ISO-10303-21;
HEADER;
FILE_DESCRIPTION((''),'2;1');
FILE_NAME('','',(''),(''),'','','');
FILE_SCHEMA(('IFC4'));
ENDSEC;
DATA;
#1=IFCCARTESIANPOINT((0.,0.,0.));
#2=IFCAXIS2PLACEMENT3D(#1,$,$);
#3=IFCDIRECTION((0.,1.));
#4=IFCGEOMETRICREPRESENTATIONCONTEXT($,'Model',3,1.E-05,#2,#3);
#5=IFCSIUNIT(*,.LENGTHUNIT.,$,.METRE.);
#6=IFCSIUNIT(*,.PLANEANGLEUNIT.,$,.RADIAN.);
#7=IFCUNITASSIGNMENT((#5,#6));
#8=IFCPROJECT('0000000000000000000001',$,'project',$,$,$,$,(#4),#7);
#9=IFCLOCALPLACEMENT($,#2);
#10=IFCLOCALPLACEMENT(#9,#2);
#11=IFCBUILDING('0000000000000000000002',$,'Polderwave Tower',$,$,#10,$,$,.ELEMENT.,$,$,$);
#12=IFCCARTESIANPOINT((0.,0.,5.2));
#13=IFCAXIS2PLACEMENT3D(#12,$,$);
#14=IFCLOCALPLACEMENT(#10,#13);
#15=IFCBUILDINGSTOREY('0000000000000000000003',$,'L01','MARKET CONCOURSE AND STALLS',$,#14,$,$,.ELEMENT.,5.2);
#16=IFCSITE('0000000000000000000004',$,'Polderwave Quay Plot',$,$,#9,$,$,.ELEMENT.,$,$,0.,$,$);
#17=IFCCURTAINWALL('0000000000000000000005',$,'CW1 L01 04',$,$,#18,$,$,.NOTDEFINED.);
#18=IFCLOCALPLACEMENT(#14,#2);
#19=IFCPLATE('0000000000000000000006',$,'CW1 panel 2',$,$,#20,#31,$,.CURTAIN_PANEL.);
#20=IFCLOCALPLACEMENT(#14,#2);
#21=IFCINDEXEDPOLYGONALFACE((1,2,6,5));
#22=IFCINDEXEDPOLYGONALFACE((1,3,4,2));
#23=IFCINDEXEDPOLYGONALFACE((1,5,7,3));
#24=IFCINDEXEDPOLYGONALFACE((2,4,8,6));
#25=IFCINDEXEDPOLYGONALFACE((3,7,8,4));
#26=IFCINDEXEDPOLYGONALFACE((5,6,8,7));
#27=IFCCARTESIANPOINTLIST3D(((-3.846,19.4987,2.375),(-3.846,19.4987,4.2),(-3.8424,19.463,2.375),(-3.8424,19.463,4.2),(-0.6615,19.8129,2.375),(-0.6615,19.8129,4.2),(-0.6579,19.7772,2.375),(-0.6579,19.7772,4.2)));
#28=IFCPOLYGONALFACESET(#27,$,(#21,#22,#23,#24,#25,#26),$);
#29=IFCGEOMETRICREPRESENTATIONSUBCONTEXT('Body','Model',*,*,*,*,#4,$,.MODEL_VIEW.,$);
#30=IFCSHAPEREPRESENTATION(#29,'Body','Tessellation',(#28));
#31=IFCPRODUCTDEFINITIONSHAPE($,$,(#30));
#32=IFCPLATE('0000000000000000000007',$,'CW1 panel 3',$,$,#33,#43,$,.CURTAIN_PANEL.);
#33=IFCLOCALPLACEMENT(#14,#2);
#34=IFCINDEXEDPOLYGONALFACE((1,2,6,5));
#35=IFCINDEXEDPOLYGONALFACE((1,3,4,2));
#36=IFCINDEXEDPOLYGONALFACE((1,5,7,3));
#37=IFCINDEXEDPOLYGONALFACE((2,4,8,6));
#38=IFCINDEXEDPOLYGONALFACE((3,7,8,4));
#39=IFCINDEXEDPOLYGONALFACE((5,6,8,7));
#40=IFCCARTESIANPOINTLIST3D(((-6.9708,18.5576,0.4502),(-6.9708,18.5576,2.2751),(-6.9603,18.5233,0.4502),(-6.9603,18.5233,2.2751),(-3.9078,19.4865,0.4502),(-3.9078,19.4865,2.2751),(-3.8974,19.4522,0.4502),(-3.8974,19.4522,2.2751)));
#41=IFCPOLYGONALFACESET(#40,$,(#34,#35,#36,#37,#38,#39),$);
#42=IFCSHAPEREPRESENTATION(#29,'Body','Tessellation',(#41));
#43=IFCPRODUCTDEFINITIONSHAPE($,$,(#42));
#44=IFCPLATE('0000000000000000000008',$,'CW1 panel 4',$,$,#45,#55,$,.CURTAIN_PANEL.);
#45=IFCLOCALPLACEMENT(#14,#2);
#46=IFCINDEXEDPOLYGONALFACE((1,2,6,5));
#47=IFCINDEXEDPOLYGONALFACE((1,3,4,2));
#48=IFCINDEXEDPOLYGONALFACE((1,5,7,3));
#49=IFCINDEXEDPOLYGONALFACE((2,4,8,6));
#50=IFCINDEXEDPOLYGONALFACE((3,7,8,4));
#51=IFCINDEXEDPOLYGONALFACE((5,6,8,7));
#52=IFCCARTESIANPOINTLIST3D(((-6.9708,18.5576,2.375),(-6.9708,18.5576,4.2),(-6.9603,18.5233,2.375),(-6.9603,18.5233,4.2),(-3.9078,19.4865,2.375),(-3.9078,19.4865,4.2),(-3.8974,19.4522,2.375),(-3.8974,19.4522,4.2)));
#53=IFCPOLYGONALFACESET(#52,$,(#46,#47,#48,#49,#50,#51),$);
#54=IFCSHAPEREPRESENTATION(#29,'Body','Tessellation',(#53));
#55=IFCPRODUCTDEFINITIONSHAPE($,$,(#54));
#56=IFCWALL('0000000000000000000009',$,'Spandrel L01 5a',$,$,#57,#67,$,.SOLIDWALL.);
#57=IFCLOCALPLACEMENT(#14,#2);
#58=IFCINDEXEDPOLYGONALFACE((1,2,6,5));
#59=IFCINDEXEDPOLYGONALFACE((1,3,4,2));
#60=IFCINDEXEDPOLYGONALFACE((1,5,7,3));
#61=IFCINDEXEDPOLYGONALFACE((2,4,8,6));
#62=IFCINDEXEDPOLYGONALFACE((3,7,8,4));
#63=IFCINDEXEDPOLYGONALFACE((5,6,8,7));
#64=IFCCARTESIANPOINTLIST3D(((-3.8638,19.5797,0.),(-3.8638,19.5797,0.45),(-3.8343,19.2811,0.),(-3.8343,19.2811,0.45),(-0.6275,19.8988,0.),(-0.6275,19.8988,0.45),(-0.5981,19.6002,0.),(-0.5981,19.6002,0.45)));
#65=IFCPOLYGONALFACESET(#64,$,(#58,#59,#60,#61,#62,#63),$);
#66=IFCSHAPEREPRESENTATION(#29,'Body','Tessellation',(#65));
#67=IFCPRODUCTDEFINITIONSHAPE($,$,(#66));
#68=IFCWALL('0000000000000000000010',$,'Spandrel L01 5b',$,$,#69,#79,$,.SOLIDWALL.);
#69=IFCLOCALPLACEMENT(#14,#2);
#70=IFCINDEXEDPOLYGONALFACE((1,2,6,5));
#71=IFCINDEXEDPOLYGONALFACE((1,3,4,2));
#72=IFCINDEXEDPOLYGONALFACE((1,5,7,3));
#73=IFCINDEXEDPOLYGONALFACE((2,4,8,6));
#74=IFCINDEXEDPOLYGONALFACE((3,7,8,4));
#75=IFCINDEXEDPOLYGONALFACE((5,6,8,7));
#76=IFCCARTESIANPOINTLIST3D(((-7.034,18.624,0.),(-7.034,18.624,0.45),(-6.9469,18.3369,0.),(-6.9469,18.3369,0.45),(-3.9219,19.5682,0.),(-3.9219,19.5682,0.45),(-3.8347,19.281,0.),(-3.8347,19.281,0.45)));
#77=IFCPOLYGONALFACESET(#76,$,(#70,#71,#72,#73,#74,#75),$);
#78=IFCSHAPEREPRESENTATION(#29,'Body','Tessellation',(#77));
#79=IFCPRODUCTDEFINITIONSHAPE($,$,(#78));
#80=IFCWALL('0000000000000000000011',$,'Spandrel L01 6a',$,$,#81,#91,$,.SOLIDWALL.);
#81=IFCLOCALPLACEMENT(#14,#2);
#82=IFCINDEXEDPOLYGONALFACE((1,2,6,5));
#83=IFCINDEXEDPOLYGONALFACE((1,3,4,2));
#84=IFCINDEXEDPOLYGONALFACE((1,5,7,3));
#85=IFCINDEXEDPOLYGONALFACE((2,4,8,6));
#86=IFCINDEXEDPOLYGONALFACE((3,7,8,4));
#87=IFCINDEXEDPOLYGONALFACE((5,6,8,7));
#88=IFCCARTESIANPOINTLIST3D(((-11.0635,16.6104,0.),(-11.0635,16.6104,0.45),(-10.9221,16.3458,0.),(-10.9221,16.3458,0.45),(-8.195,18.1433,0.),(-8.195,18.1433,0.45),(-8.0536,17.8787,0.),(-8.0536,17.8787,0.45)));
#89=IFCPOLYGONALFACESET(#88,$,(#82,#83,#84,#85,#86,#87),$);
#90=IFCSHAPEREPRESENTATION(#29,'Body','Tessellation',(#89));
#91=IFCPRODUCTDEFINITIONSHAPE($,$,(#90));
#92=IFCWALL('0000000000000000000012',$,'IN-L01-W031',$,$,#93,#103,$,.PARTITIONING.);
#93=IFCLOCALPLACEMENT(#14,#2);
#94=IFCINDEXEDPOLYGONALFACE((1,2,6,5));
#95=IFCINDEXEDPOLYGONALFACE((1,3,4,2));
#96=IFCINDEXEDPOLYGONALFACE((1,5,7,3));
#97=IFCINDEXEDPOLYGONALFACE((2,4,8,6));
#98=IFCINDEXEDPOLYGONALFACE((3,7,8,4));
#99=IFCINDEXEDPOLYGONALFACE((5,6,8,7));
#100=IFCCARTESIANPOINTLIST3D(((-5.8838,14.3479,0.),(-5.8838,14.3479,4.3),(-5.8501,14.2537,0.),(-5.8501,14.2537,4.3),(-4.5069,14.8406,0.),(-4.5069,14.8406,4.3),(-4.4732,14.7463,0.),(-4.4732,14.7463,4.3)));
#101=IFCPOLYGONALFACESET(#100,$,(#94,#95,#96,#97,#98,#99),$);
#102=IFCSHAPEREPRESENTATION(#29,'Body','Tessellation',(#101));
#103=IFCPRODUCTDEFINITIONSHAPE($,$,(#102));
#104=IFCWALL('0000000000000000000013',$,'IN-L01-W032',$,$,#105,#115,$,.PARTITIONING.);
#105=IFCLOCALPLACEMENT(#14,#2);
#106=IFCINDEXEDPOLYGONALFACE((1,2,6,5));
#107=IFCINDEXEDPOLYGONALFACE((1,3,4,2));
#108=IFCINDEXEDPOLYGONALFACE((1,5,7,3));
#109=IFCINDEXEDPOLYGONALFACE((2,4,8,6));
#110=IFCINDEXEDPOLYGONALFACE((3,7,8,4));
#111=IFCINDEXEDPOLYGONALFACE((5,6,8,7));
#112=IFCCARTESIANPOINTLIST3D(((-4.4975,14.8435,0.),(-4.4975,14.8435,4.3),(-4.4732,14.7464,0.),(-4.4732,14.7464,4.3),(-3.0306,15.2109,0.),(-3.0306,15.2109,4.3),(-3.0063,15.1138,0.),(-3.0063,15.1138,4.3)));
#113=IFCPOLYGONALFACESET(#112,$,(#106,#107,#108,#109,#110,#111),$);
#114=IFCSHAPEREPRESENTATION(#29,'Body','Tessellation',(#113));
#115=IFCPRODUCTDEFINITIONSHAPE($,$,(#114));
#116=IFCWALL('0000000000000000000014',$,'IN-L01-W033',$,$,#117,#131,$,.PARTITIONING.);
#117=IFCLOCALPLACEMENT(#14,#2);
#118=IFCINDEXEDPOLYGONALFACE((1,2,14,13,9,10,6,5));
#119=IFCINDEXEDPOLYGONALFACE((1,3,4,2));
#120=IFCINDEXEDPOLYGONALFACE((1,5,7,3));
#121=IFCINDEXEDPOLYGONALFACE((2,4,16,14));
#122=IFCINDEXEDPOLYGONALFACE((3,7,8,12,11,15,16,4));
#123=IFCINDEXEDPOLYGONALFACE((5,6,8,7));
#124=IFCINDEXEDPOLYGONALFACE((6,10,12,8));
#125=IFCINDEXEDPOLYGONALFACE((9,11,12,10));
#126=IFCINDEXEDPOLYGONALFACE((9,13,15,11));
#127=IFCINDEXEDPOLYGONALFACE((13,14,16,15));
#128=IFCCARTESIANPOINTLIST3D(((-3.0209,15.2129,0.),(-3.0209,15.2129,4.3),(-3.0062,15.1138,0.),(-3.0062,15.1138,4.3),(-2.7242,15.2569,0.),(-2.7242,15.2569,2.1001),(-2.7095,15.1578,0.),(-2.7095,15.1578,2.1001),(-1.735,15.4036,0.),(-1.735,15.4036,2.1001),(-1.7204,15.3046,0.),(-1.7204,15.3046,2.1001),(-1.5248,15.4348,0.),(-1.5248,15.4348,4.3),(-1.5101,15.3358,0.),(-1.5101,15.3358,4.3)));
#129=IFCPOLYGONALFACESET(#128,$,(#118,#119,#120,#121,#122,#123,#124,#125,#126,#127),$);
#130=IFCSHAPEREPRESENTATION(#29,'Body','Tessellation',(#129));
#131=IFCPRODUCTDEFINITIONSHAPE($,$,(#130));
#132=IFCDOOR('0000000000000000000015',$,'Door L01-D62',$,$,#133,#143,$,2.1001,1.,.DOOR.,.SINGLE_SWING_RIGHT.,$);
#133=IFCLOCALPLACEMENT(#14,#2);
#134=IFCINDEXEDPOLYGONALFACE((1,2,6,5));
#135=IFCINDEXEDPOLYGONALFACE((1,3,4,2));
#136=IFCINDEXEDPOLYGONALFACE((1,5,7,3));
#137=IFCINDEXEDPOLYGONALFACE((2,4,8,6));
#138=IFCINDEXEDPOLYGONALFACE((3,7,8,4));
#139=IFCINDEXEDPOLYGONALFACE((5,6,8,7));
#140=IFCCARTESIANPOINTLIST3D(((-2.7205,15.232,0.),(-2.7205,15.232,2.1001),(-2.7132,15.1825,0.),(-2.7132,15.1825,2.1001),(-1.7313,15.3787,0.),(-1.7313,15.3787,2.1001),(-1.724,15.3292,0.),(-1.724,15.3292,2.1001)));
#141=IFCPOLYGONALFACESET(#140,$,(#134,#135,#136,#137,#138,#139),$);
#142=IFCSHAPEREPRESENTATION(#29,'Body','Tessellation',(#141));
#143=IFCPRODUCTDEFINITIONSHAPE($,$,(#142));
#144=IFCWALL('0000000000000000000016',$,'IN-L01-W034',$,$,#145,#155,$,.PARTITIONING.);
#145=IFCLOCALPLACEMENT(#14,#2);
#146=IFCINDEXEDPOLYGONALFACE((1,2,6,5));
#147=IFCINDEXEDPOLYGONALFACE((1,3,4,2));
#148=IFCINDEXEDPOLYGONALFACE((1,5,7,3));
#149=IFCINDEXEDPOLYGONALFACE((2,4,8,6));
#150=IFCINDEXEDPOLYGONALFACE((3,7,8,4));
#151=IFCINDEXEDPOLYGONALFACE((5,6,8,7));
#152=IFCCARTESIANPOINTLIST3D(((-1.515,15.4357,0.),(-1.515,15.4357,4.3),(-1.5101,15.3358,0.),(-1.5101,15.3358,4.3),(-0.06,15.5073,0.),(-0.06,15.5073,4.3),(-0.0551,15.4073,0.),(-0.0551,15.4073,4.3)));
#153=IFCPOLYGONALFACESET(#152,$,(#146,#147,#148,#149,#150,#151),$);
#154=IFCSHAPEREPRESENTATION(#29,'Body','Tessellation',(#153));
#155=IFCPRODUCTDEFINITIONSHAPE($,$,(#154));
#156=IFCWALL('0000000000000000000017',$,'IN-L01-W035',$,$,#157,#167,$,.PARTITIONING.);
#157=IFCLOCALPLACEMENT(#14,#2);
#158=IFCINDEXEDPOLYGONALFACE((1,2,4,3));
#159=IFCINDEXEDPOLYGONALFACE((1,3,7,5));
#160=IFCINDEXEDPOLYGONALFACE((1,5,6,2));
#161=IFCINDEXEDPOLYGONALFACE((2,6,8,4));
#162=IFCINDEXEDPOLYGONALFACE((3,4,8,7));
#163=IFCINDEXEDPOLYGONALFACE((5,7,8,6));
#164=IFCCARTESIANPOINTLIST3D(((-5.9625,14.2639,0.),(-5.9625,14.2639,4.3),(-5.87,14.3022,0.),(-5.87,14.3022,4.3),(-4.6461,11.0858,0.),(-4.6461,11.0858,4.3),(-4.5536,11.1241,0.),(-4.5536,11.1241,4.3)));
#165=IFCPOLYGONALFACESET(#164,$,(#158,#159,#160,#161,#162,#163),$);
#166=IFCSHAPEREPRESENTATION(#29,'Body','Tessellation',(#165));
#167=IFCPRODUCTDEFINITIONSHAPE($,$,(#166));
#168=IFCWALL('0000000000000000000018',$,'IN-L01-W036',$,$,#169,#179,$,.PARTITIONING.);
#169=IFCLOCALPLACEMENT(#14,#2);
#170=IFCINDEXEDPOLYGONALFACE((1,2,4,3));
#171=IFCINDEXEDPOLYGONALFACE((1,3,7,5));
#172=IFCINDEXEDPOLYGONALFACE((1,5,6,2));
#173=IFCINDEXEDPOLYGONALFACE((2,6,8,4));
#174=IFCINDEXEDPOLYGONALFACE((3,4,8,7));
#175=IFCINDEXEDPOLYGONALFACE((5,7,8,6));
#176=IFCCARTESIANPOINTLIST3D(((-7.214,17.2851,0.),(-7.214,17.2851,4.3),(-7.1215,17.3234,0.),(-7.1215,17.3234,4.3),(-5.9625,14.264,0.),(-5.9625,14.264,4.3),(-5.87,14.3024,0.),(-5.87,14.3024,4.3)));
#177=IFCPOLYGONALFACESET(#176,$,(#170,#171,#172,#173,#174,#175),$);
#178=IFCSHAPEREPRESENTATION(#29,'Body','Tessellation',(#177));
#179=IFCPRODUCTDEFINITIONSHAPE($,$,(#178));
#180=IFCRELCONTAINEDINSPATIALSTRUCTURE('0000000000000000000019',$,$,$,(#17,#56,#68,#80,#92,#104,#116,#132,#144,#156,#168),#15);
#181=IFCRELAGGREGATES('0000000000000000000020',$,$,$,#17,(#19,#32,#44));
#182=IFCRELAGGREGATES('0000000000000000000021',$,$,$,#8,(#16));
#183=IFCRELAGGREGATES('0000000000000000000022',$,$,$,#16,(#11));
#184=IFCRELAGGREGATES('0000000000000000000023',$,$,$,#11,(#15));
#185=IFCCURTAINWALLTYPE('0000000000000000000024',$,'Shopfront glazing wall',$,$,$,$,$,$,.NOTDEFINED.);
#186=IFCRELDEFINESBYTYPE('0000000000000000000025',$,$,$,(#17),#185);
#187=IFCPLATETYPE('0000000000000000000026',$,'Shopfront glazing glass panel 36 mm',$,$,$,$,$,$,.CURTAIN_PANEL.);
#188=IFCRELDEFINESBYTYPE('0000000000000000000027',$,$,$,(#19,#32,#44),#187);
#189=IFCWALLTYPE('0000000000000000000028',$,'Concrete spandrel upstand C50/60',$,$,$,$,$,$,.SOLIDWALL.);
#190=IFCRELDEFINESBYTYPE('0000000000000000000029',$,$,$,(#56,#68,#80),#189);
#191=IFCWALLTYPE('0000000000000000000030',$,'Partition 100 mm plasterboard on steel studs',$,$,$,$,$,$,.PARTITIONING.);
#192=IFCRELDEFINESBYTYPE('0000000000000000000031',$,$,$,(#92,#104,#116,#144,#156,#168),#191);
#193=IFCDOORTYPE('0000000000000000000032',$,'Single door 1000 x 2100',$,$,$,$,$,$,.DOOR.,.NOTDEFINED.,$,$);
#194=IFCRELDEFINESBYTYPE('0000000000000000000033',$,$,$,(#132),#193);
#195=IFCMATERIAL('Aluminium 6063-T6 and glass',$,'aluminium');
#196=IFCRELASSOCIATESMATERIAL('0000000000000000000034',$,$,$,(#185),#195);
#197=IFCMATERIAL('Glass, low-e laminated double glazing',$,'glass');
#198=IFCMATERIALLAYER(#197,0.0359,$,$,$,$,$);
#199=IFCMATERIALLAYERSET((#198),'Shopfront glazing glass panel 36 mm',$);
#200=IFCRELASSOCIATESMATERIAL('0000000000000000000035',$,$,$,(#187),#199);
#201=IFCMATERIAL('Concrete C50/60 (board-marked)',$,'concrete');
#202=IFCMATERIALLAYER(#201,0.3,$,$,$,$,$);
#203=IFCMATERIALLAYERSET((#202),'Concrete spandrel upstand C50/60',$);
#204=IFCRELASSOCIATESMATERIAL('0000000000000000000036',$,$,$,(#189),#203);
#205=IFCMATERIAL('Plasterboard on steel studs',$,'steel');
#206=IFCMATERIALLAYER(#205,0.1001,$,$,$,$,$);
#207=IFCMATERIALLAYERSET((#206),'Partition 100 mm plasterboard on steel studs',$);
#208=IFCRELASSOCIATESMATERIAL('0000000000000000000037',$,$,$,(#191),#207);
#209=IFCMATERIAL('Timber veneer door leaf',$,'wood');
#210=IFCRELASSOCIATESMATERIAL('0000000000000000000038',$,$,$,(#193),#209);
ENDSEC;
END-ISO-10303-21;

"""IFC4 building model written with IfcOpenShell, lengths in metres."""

from ifc_helpers import new_model, si_unit, direction, frame, frame_2d, origin, origin_2d, place, context, subcontext, project, spatial, rectangle, extrude, material, layer, layer_set, type_object, element, fill, aggregate, save


model = new_model("IFC4")

# Units and contexts
model_context = context("Model", 3, precision=1e-05, world=origin(), true_north=direction((0.0, 1.0)))
body_context = subcontext(model_context, "Body", "Model", "MODEL_VIEW")
ifc_project = project(units=[si_unit("LENGTHUNIT", "METRE"), si_unit("PLANEANGLEUNIT", "RADIAN")], contexts=[model_context])

# Site, building, storey
site_placement = place(None, origin())
site = spatial("IfcSite", under=ifc_project, at=site_placement, Name="Polderwave Quay Plot", CompositionType="ELEMENT", RefElevation=0.0)
building_placement = place(site_placement, origin())
building = spatial("IfcBuilding", under=site, at=building_placement, Name="Polderwave Tower", CompositionType="ELEMENT")
storey_placement = place(building_placement, frame((0.0, 0.0, 5.2)))
storey = spatial("IfcBuildingStorey", under=building, at=storey_placement, Name="L01", Description="MARKET CONCOURSE AND STALLS", CompositionType="ELEMENT", Elevation=5.2)

# Curtain wall
ifc_material_1 = material(Name="Aluminium 6063-T6 and glass", Category="aluminium")
curtain_wall_type = type_object("IfcCurtainWallType", Name="Shopfront glazing wall", PredefinedType="NOTDEFINED", material=ifc_material_1)
curtain_wall_1_placement = place(storey_placement, origin())
curtain_wall_1 = element("IfcCurtainWall", 1, at=curtain_wall_1_placement, inside=storey, type_object=curtain_wall_type, Name="CW1 L01 04", PredefinedType="NOTDEFINED")

# Plates
ifc_material_2 = material(Name="Glass, low-e laminated double glazing", Category="glass")
ifc_layer_1 = layer(ifc_material_2, 0.0359)
ifc_layer_set_1 = layer_set([ifc_layer_1], Name="Shopfront glazing glass panel 36 mm")
plate_type = type_object("IfcPlateType", Name="Shopfront glazing glass panel 36 mm", PredefinedType="CURTAIN_PANEL", material=ifc_layer_set_1)
plate_1_placement = place(storey_placement, frame((-2.252, 19.6379, 2.375), z_axis=(0.0, 0.0, 1.0), x_axis=(-0.995169, -0.098179, 0.0)))
plate_1 = element("IfcPlate", 2, at=plate_1_placement, type_object=plate_type, Name="CW1 panel 2", PredefinedType="CURTAIN_PANEL", context=body_context, shape_type="SweptSolid", body=[
    extrude(rectangle(XDim=3.2, YDim=0.0359, at=origin_2d()), origin(), (0.0, 0.0, 1.0), 1.825),
])
plate_2_placement = place(storey_placement, frame((-5.4341, 19.0049, 0.4502), z_axis=(0.0, 0.0, 1.0), x_axis=(-0.956961, -0.290218, 0.0)))
plate_2 = element("IfcPlate", 3, at=plate_2_placement, type_object=plate_type, Name="CW1 panel 3", PredefinedType="CURTAIN_PANEL", context=body_context, shape_type="SweptSolid", body=[
    extrude(rectangle(XDim=3.2007, YDim=0.0359, at=origin_2d()), origin(), (0.0, 0.0, 1.0), 1.825),
])
plate_3_placement = place(storey_placement, frame((-5.4341, 19.0049, 2.375), z_axis=(0.0, 0.0, 1.0), x_axis=(-0.956961, -0.290218, 0.0)))
plate_3 = element("IfcPlate", 4, at=plate_3_placement, type_object=plate_type, Name="CW1 panel 4", PredefinedType="CURTAIN_PANEL", context=body_context, shape_type="SweptSolid", body=[
    extrude(rectangle(XDim=3.2007, YDim=0.0359, at=origin_2d()), origin(), (0.0, 0.0, 1.0), 1.825),
])
aggregate(curtain_wall_1, [plate_1, plate_2, plate_3])

# Walls
ifc_material_3 = material(Name="Concrete C50/60 (board-marked)", Category="concrete")
ifc_layer_2 = layer(ifc_material_3, 0.3)
ifc_layer_set_2 = layer_set([ifc_layer_2], Name="Concrete spandrel upstand C50/60")
wall_type_1 = type_object("IfcWallType", Name="Concrete spandrel upstand C50/60", PredefinedType="SOLIDWALL", material=ifc_layer_set_2)
wall_1_placement = place(storey_placement, frame((-0.6128, 19.7495, 0.0), z_axis=(0.0, 0.0, 1.0), x_axis=(-0.995174, -0.098121, 0.0)))
element("IfcWall", 5, at=wall_1_placement, inside=storey, type_object=wall_type_1, Name="Spandrel L01 5a", PredefinedType="SOLIDWALL", context=body_context, shape_type="SweptSolid", body=[
    extrude(rectangle(XDim=3.252, YDim=0.3, at=frame_2d((1.626, 0.0))), origin(), (0.0, 0.0, 1.0), 0.45),
])
wall_2_placement = place(storey_placement, frame((-3.8784, 19.4246, 0.0), z_axis=(0.0, 0.0, 1.0), x_axis=(-0.956935, -0.290301, 0.0)))
element("IfcWall", 6, at=wall_2_placement, inside=storey, type_object=wall_type_1, Name="Spandrel L01 5b", PredefinedType="SOLIDWALL", context=body_context, shape_type="SweptSolid", body=[
    extrude(rectangle(XDim=3.2522, YDim=0.3, at=frame_2d((1.626, 0.0))), origin(), (0.0, 0.0, 1.0), 0.45),
])
wall_3_placement = place(storey_placement, frame((-8.1243, 18.011, 0.0), z_axis=(0.0, 0.0, 1.0), x_axis=(-0.881968, -0.471309, 0.0)))
element("IfcWall", 7, at=wall_3_placement, inside=storey, type_object=wall_type_1, Name="Spandrel L01 6a", PredefinedType="SOLIDWALL", context=body_context, shape_type="SweptSolid", body=[
    extrude(rectangle(XDim=3.2524, YDim=0.3, at=frame_2d((1.6262, 0.0))), origin(), (0.0, 0.0, 1.0), 0.45),
])
ifc_material_4 = material(Name="Plasterboard on steel studs", Category="steel")
ifc_layer_3 = layer(ifc_material_4, 0.1001)
ifc_layer_set_3 = layer_set([ifc_layer_3], Name="Partition 100 mm plasterboard on steel studs")
wall_type_2 = type_object("IfcWallType", Name="Partition 100 mm plasterboard on steel studs", PredefinedType="PARTITIONING", material=ifc_layer_set_3)
wall_4_placement = place(storey_placement, frame((-5.8669, 14.3008, 0.0), z_axis=(0.0, 0.0, 1.0), x_axis=(0.941545, 0.336886, 0.0)))
element("IfcWall", 8, at=wall_4_placement, inside=storey, type_object=wall_type_2, Name="IN-L01-W031", PredefinedType="PARTITIONING", context=body_context, shape_type="SweptSolid", body=[
    extrude(rectangle(XDim=1.4624, YDim=0.1001, at=frame_2d((0.7312, 0.0))), origin(), (0.0, 0.0, 1.0), 4.3),
])
wall_5_placement = place(storey_placement, frame((-4.4854, 14.7949, 0.0), z_axis=(0.0, 0.0, 1.0), x_axis=(0.970028, 0.242991, 0.0)))
element("IfcWall", 9, at=wall_5_placement, inside=storey, type_object=wall_type_2, Name="IN-L01-W032", PredefinedType="PARTITIONING", context=body_context, shape_type="SweptSolid", body=[
    extrude(rectangle(XDim=1.5122, YDim=0.1001, at=frame_2d((0.7561, 0.0))), origin(), (0.0, 0.0, 1.0), 4.3),
])

# Wall, opening, door
wall_6_placement = place(storey_placement, frame((-3.0137, 15.1633, 0.0), z_axis=(0.0, 0.0, 1.0), x_axis=(0.989177, 0.14673, 0.0)))
wall_6 = element("IfcWall", 10, at=wall_6_placement, inside=storey, type_object=wall_type_2, Name="IN-L01-W033", PredefinedType="PARTITIONING", context=body_context, shape_type="SweptSolid", body=[
    extrude(rectangle(XDim=1.5125, YDim=0.1001, at=frame_2d((0.7563, 0.0))), origin(), (0.0, 0.0, 1.0), 4.3),
])
opening_placement = place(wall_6_placement, frame((0.3, 0.0, 0.0)))
opening = element("IfcOpeningElement", 11, at=opening_placement, cuts=wall_6, PredefinedType="OPENING", context=body_context, shape_type="SweptSolid", body=[
    extrude(rectangle(XDim=1.0, YDim=2.1001, at=frame_2d((0.5, 1.05))), frame((0.0, 0.0601, 0.0), z_axis=(0.0, -1.0, 0.0), x_axis=(1.0, 0.0, 0.0)), (0.0, 0.0, 1.0), 0.1201),
])
ifc_material_5 = material(Name="Timber veneer door leaf", Category="wood")
door_type = type_object("IfcDoorType", Name="Single door 1000 x 2100", OperationType="NOTDEFINED", PredefinedType="DOOR", material=ifc_material_5)
door_placement = place(opening_placement, origin())
door = element("IfcDoor", 12, at=door_placement, inside=storey, type_object=door_type, Name="Door L01-D62", OperationType="SINGLE_SWING_RIGHT", OverallHeight=2.1001, OverallWidth=1.0, PredefinedType="DOOR", context=body_context, shape_type="SweptSolid", body=[
    extrude(rectangle(XDim=1.0, YDim=2.1001, at=frame_2d((0.5, 1.05))), frame((0.0, 0.0249, 0.0), z_axis=(0.0, -1.0, 0.0), x_axis=(1.0, 0.0, 0.0)), (0.0, 0.0, 1.0), 0.05),
])
fill(opening, door)

# Walls
wall_7_placement = place(storey_placement, frame((-1.5127, 15.3857, 0.0), z_axis=(0.0, 0.0, 1.0), x_axis=(0.998794, 0.049102, 0.0)))
element("IfcWall", 13, at=wall_7_placement, inside=storey, type_object=wall_type_2, Name="IN-L01-W034", PredefinedType="PARTITIONING", context=body_context, shape_type="SweptSolid", body=[
    extrude(rectangle(XDim=1.4568, YDim=0.1001, at=frame_2d((0.7285, 0.0))), origin(), (0.0, 0.0, 1.0), 4.3),
])
wall_8_placement = place(storey_placement, frame((-4.5999, 11.105, 0.0), z_axis=(0.0, 0.0, 1.0), x_axis=(-0.382669, 0.923885, 0.0)))
element("IfcWall", 14, at=wall_8_placement, inside=storey, type_object=wall_type_2, Name="IN-L01-W035", PredefinedType="PARTITIONING", context=body_context, shape_type="SweptSolid", body=[
    extrude(rectangle(XDim=3.4399, YDim=0.1001, at=frame_2d((1.72, 0.0))), origin(), (0.0, 0.0, 1.0), 4.3),
])
wall_9_placement = place(storey_placement, frame((-5.9163, 14.2832, 0.0), z_axis=(0.0, 0.0, 1.0), x_axis=(-0.382717, 0.923866, 0.0)))
element("IfcWall", 15, at=wall_9_placement, inside=storey, type_object=wall_type_2, Name="IN-L01-W036", PredefinedType="PARTITIONING", context=body_context, shape_type="SweptSolid", body=[
    extrude(rectangle(XDim=3.27, YDim=0.1001, at=frame_2d((1.635, 0.0))), origin(), (0.0, 0.0, 1.0), 4.3),
])

save(model, "model.ifc")
